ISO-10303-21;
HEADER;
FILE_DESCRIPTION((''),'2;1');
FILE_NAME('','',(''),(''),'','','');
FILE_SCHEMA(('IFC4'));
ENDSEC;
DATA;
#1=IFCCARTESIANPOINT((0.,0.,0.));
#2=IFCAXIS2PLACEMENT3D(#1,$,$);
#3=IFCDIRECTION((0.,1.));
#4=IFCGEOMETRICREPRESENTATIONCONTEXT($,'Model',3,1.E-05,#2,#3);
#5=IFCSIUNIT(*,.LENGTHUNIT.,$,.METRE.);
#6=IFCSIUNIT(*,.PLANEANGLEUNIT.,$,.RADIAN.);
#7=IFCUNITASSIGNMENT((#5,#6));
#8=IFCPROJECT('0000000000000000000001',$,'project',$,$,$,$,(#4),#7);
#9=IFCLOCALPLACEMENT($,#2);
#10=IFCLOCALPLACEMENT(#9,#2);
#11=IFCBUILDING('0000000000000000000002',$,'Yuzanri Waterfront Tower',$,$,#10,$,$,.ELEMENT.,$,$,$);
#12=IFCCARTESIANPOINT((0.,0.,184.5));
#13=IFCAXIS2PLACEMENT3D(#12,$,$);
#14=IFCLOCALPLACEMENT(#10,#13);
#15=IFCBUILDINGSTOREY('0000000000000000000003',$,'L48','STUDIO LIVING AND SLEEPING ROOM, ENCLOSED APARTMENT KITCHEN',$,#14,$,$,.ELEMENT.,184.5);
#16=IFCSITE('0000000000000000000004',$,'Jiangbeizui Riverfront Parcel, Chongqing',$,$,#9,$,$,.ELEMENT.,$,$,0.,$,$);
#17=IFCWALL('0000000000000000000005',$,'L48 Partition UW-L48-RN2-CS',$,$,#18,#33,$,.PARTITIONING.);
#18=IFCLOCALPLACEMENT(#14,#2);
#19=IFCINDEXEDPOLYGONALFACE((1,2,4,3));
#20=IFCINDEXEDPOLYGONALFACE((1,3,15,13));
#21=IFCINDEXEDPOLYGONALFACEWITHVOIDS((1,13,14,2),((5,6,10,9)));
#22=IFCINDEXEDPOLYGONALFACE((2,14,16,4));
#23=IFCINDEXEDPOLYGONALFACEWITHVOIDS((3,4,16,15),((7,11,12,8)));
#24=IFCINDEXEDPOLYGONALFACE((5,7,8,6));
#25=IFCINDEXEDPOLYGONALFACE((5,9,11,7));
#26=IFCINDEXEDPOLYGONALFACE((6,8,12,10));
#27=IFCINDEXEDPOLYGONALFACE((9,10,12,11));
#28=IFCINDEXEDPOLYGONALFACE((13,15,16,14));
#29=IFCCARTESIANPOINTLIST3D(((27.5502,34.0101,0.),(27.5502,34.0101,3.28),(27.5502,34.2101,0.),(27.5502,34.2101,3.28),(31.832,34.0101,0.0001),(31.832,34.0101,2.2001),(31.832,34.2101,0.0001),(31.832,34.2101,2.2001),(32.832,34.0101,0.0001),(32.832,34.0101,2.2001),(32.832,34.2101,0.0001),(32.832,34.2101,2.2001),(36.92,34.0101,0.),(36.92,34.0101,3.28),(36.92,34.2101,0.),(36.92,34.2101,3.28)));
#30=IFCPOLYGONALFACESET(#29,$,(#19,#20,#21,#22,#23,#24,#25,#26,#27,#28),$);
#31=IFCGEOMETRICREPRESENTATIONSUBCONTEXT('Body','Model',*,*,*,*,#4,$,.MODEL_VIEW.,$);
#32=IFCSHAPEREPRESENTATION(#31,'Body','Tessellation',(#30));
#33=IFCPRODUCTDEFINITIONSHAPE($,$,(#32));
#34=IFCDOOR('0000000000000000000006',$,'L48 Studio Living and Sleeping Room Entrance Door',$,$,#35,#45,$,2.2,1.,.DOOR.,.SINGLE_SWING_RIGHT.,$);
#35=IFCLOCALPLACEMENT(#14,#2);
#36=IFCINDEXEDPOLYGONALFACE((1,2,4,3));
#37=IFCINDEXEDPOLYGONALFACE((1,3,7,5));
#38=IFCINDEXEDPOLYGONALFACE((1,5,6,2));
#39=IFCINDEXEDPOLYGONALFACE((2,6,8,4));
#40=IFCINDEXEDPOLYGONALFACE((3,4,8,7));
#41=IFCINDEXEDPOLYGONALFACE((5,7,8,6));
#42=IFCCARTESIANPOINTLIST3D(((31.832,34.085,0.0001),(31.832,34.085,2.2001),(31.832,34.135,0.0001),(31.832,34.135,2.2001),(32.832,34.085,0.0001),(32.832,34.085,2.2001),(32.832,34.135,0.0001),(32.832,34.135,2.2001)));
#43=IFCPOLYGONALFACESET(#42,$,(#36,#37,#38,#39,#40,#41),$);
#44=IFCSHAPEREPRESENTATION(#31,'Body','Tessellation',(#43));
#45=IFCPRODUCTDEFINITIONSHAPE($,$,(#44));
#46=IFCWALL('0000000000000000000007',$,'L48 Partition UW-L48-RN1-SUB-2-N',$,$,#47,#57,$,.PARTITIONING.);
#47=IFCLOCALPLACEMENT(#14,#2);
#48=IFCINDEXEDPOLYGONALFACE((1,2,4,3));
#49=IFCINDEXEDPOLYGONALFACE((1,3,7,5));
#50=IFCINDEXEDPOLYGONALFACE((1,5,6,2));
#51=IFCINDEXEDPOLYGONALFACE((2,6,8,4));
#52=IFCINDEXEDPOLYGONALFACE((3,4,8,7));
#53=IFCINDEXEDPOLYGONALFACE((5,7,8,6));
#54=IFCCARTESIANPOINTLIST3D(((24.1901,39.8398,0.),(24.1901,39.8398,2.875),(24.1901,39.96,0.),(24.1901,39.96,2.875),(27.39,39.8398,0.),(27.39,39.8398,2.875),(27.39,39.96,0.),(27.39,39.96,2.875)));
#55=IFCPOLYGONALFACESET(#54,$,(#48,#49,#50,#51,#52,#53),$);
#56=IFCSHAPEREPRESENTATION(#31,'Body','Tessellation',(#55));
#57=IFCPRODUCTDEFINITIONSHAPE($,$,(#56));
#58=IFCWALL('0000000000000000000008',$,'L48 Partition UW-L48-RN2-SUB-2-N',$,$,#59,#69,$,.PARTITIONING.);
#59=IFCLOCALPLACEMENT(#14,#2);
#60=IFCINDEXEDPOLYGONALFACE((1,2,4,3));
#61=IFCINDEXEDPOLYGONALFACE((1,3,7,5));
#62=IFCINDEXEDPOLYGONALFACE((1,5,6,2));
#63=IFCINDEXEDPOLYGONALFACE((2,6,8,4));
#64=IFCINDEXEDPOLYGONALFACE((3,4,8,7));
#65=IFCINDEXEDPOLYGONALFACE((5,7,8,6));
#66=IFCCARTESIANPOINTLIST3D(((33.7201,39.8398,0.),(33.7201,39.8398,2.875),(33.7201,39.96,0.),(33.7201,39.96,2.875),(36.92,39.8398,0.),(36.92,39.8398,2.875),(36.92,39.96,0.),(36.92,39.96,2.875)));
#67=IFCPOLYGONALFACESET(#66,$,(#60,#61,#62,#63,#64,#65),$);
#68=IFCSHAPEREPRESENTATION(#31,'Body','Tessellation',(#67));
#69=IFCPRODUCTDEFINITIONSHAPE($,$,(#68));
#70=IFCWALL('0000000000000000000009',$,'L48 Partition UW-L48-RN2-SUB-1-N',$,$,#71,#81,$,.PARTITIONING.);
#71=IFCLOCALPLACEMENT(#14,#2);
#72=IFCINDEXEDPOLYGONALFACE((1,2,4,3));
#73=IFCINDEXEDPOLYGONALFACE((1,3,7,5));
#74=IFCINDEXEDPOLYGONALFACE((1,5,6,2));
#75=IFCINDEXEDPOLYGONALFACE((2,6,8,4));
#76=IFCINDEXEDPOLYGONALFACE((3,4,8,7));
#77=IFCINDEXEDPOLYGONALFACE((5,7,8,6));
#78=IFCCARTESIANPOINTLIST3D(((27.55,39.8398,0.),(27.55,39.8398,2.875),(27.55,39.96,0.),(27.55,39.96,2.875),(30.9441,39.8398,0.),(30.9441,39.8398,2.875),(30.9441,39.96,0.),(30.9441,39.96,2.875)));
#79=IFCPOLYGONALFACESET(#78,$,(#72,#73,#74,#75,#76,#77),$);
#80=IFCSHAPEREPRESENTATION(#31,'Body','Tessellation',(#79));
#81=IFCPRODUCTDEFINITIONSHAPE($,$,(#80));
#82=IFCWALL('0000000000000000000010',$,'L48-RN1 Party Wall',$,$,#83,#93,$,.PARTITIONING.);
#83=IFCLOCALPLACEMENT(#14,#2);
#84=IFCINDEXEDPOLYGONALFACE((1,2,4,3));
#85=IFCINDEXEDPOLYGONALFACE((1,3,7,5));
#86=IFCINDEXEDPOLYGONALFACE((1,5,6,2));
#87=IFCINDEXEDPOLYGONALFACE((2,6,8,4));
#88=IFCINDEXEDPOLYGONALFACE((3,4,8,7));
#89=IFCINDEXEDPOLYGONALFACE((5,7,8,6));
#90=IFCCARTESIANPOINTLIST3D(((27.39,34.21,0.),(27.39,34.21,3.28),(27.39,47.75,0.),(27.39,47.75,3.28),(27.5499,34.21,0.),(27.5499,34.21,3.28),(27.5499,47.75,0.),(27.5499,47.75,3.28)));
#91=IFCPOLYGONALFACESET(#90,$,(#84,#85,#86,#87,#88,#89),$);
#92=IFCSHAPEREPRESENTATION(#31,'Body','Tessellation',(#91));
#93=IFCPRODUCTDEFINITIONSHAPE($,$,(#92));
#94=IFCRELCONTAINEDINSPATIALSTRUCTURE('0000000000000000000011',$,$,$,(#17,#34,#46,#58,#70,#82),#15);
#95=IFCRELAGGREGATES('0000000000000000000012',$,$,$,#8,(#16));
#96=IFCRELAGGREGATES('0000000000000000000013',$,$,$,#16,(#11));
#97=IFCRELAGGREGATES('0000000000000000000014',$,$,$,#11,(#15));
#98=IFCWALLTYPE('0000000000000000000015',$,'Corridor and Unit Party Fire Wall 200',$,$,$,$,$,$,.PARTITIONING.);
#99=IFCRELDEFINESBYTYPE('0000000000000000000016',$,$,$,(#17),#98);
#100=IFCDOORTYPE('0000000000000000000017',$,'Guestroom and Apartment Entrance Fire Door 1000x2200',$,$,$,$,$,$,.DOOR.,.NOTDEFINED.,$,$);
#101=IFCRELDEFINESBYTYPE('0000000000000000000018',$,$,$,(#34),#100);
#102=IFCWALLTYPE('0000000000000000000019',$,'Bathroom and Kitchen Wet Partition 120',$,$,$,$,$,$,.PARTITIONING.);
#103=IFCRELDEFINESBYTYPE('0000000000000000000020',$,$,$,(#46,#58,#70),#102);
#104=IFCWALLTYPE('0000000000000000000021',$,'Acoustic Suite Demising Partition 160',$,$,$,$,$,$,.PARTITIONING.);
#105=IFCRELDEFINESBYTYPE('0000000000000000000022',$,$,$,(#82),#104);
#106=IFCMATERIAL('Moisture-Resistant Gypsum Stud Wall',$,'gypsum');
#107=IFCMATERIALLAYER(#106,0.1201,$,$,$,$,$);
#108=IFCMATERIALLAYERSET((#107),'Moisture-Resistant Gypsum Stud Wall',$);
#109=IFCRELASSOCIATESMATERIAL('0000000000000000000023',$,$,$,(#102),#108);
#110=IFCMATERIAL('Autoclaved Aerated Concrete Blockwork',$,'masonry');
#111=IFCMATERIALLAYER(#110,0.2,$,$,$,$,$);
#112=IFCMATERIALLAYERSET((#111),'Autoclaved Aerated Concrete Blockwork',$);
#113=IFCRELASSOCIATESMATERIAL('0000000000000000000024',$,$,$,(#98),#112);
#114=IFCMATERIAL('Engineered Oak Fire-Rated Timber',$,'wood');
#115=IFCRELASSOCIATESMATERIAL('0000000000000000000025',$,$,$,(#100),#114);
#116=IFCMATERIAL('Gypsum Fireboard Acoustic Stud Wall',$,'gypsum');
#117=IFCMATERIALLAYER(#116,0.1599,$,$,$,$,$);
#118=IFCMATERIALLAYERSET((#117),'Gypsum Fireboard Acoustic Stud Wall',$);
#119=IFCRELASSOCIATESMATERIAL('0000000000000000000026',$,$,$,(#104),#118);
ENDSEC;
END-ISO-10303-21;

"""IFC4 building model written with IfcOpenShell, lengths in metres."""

from ifc_helpers import new_model, si_unit, direction, frame, frame_2d, origin, place, context, subcontext, project, spatial, rectangle, extrude, source, transform, mapped, material, layer, layer_set, type_object, element, fill, save


model = new_model("IFC4")

# Units and contexts
model_context = context("Model", 3, precision=1e-05, world=origin(), true_north=direction((0.0, 1.0)))
body_context = subcontext(model_context, "Body", "Model", "MODEL_VIEW")
ifc_project = project(units=[si_unit("LENGTHUNIT", "METRE"), si_unit("PLANEANGLEUNIT", "RADIAN")], contexts=[model_context])

# Site, building, storey
site_placement = place(None, origin())
site = spatial("IfcSite", under=ifc_project, at=site_placement, Name="Jiangbeizui Riverfront Parcel, Chongqing", CompositionType="ELEMENT", RefElevation=0.0)
building_placement = place(site_placement, origin())
building = spatial("IfcBuilding", under=site, at=building_placement, Name="Yuzanri Waterfront Tower", CompositionType="ELEMENT")
storey_placement = place(building_placement, frame((0.0, 0.0, 184.5)))
storey = spatial("IfcBuildingStorey", under=building, at=storey_placement, Name="L48", Description="STUDIO LIVING AND SLEEPING ROOM, ENCLOSED APARTMENT KITCHEN", CompositionType="ELEMENT", Elevation=184.5)

# Wall, opening, door
ifc_material_1 = material(Name="Moisture-Resistant Gypsum Stud Wall", Category="gypsum")
ifc_layer_1 = layer(ifc_material_1, 0.1201)
ifc_layer_set_1 = layer_set([ifc_layer_1], Name="Moisture-Resistant Gypsum Stud Wall")
wall_type_1 = type_object("IfcWallType", Name="Bathroom and Kitchen Wet Partition 120", PredefinedType="PARTITIONING", material=ifc_layer_set_1)
ifc_material_2 = material(Name="Autoclaved Aerated Concrete Blockwork", Category="masonry")
ifc_layer_2 = layer(ifc_material_2, 0.2)
ifc_layer_set_2 = layer_set([ifc_layer_2], Name="Autoclaved Aerated Concrete Blockwork")
wall_type_2 = type_object("IfcWallType", Name="Corridor and Unit Party Fire Wall 200", PredefinedType="PARTITIONING", material=ifc_layer_set_2)
wall_1_placement = place(storey_placement, frame((27.55, 34.1101, 0.0), z_axis=(0.0, 0.0, 1.0), x_axis=(1.0, 0.0, 0.0)))
wall_1 = element("IfcWall", 1, at=wall_1_placement, inside=storey, type_object=wall_type_2, Name="L48 Partition UW-L48-RN2-CS", PredefinedType="PARTITIONING", context=body_context, shape_type="SweptSolid", body=[
    extrude(rectangle(XDim=9.3699, YDim=0.2, at=frame_2d((4.6851, 0.0))), origin(), (0.0, 0.0, 1.0), 3.28),
])
opening_1_placement = place(wall_1_placement, frame((4.282, 0.0, 0.0)))
opening_1 = element("IfcOpeningElement", 2, at=opening_1_placement, cuts=wall_1, PredefinedType="OPENING", context=body_context, shape_type="SweptSolid", body=[
    extrude(rectangle(XDim=1.0, YDim=2.2, at=frame_2d((0.5, 1.1001))), frame((0.0, 0.1147, 0.0), z_axis=(0.0, -1.0, 0.0), x_axis=(1.0, 0.0, 0.0)), (0.0, 0.0, 1.0), 0.2297),
])
ifc_material_3 = material(Name="Engineered Oak Fire-Rated Timber", Category="wood")
door_type_1 = type_object("IfcDoorType", Name="Guestroom and Apartment Entrance Fire Door 1000x2200", OperationType="NOTDEFINED", PredefinedType="DOOR", material=ifc_material_3)
shared_shape_1 = source(origin(), body_context, "Body", "SweptSolid", [
    extrude(rectangle(XDim=1.0, YDim=2.2, at=frame_2d((0.5, 1.1001))), frame((0.0, 0.0249, 0.0), z_axis=(0.0, -1.0, 0.0), x_axis=(1.0, 0.0, 0.0)), (0.0, 0.0, 1.0), 0.05),
])
door_1_placement = place(opening_1_placement, origin())
door_1 = element("IfcDoor", 3, at=door_1_placement, inside=storey, type_object=door_type_1, Name="L48 Studio Living and Sleeping Room Entrance Door", OperationType="SINGLE_SWING_RIGHT", OverallHeight=2.2, OverallWidth=1.0, PredefinedType="DOOR", context=body_context, shape_type="MappedRepresentation", body=[
    mapped(shared_shape_1, transform((0.0, 0.0, 0.0), scale=1.0)),
])
fill(opening_1, door_1)

# Walls
shared_shape_2 = source(origin(), body_context, "Body", "SweptSolid", [
    extrude(rectangle(XDim=3.2, YDim=0.1201, at=frame_2d((1.6001, 0.0))), origin(), (0.0, 0.0, 1.0), 2.875),
])
for number, where, z_axis, x_axis, name in (
    (4, (24.1899, 39.8999, 0.0), (0.0, 0.0, 1.0), (1.0, 0.0, 0.0), "L48 Partition UW-L48-RN1-SUB-2-N"),
    (5, (33.72, 39.8999, 0.0), (0.0, 0.0, 1.0), (1.0, 0.0, 0.0), "L48 Partition UW-L48-RN2-SUB-2-N"),
):
    element("IfcWall", number, at=place(storey_placement, frame(where, z_axis=z_axis, x_axis=x_axis)), inside=storey, type_object=wall_type_1, Name=name, PredefinedType="PARTITIONING", context=body_context, shape_type="MappedRepresentation", body=[
        mapped(shared_shape_2, transform((0.0, 0.0, 0.0), scale=1.0)),
    ])
shared_shape_3 = source(origin(), body_context, "Body", "SweptSolid", [
    extrude(rectangle(XDim=3.394, YDim=0.1201, at=frame_2d((1.697, 0.0))), origin(), (0.0, 0.0, 1.0), 2.875),
])
wall_2_placement = place(storey_placement, frame((27.55, 39.8999, 0.0), z_axis=(0.0, 0.0, 1.0), x_axis=(1.0, 0.0, 0.0)))
element("IfcWall", 6, at=wall_2_placement, inside=storey, type_object=wall_type_1, Name="L48 Partition UW-L48-RN2-SUB-1-N", PredefinedType="PARTITIONING", context=body_context, shape_type="MappedRepresentation", body=[
    mapped(shared_shape_3, transform((0.0, 0.0, 0.0), scale=1.0)),
])
ifc_material_4 = material(Name="Gypsum Fireboard Acoustic Stud Wall", Category="gypsum")
ifc_layer_3 = layer(ifc_material_4, 0.1599)
ifc_layer_set_3 = layer_set([ifc_layer_3], Name="Gypsum Fireboard Acoustic Stud Wall")
wall_type_3 = type_object("IfcWallType", Name="Acoustic Suite Demising Partition 160", PredefinedType="PARTITIONING", material=ifc_layer_set_3)
shared_shape_4 = source(origin(), body_context, "Body", "SweptSolid", [
    extrude(rectangle(XDim=13.54, YDim=0.1599, at=frame_2d((6.77, 0.0))), origin(), (0.0, 0.0, 1.0), 3.28),
])
wall_3_placement = place(storey_placement, frame((27.47, 34.21, 0.0), z_axis=(0.0, 0.0, 1.0), x_axis=(0.0, 1.0, 0.0)))
element("IfcWall", 7, at=wall_3_placement, inside=storey, type_object=wall_type_3, Name="L48-RN1 Party Wall", PredefinedType="PARTITIONING", context=body_context, shape_type="MappedRepresentation", body=[
    mapped(shared_shape_4, transform((0.0, 0.0, 0.0), scale=1.0)),
])

save(model, "model.ifc")
